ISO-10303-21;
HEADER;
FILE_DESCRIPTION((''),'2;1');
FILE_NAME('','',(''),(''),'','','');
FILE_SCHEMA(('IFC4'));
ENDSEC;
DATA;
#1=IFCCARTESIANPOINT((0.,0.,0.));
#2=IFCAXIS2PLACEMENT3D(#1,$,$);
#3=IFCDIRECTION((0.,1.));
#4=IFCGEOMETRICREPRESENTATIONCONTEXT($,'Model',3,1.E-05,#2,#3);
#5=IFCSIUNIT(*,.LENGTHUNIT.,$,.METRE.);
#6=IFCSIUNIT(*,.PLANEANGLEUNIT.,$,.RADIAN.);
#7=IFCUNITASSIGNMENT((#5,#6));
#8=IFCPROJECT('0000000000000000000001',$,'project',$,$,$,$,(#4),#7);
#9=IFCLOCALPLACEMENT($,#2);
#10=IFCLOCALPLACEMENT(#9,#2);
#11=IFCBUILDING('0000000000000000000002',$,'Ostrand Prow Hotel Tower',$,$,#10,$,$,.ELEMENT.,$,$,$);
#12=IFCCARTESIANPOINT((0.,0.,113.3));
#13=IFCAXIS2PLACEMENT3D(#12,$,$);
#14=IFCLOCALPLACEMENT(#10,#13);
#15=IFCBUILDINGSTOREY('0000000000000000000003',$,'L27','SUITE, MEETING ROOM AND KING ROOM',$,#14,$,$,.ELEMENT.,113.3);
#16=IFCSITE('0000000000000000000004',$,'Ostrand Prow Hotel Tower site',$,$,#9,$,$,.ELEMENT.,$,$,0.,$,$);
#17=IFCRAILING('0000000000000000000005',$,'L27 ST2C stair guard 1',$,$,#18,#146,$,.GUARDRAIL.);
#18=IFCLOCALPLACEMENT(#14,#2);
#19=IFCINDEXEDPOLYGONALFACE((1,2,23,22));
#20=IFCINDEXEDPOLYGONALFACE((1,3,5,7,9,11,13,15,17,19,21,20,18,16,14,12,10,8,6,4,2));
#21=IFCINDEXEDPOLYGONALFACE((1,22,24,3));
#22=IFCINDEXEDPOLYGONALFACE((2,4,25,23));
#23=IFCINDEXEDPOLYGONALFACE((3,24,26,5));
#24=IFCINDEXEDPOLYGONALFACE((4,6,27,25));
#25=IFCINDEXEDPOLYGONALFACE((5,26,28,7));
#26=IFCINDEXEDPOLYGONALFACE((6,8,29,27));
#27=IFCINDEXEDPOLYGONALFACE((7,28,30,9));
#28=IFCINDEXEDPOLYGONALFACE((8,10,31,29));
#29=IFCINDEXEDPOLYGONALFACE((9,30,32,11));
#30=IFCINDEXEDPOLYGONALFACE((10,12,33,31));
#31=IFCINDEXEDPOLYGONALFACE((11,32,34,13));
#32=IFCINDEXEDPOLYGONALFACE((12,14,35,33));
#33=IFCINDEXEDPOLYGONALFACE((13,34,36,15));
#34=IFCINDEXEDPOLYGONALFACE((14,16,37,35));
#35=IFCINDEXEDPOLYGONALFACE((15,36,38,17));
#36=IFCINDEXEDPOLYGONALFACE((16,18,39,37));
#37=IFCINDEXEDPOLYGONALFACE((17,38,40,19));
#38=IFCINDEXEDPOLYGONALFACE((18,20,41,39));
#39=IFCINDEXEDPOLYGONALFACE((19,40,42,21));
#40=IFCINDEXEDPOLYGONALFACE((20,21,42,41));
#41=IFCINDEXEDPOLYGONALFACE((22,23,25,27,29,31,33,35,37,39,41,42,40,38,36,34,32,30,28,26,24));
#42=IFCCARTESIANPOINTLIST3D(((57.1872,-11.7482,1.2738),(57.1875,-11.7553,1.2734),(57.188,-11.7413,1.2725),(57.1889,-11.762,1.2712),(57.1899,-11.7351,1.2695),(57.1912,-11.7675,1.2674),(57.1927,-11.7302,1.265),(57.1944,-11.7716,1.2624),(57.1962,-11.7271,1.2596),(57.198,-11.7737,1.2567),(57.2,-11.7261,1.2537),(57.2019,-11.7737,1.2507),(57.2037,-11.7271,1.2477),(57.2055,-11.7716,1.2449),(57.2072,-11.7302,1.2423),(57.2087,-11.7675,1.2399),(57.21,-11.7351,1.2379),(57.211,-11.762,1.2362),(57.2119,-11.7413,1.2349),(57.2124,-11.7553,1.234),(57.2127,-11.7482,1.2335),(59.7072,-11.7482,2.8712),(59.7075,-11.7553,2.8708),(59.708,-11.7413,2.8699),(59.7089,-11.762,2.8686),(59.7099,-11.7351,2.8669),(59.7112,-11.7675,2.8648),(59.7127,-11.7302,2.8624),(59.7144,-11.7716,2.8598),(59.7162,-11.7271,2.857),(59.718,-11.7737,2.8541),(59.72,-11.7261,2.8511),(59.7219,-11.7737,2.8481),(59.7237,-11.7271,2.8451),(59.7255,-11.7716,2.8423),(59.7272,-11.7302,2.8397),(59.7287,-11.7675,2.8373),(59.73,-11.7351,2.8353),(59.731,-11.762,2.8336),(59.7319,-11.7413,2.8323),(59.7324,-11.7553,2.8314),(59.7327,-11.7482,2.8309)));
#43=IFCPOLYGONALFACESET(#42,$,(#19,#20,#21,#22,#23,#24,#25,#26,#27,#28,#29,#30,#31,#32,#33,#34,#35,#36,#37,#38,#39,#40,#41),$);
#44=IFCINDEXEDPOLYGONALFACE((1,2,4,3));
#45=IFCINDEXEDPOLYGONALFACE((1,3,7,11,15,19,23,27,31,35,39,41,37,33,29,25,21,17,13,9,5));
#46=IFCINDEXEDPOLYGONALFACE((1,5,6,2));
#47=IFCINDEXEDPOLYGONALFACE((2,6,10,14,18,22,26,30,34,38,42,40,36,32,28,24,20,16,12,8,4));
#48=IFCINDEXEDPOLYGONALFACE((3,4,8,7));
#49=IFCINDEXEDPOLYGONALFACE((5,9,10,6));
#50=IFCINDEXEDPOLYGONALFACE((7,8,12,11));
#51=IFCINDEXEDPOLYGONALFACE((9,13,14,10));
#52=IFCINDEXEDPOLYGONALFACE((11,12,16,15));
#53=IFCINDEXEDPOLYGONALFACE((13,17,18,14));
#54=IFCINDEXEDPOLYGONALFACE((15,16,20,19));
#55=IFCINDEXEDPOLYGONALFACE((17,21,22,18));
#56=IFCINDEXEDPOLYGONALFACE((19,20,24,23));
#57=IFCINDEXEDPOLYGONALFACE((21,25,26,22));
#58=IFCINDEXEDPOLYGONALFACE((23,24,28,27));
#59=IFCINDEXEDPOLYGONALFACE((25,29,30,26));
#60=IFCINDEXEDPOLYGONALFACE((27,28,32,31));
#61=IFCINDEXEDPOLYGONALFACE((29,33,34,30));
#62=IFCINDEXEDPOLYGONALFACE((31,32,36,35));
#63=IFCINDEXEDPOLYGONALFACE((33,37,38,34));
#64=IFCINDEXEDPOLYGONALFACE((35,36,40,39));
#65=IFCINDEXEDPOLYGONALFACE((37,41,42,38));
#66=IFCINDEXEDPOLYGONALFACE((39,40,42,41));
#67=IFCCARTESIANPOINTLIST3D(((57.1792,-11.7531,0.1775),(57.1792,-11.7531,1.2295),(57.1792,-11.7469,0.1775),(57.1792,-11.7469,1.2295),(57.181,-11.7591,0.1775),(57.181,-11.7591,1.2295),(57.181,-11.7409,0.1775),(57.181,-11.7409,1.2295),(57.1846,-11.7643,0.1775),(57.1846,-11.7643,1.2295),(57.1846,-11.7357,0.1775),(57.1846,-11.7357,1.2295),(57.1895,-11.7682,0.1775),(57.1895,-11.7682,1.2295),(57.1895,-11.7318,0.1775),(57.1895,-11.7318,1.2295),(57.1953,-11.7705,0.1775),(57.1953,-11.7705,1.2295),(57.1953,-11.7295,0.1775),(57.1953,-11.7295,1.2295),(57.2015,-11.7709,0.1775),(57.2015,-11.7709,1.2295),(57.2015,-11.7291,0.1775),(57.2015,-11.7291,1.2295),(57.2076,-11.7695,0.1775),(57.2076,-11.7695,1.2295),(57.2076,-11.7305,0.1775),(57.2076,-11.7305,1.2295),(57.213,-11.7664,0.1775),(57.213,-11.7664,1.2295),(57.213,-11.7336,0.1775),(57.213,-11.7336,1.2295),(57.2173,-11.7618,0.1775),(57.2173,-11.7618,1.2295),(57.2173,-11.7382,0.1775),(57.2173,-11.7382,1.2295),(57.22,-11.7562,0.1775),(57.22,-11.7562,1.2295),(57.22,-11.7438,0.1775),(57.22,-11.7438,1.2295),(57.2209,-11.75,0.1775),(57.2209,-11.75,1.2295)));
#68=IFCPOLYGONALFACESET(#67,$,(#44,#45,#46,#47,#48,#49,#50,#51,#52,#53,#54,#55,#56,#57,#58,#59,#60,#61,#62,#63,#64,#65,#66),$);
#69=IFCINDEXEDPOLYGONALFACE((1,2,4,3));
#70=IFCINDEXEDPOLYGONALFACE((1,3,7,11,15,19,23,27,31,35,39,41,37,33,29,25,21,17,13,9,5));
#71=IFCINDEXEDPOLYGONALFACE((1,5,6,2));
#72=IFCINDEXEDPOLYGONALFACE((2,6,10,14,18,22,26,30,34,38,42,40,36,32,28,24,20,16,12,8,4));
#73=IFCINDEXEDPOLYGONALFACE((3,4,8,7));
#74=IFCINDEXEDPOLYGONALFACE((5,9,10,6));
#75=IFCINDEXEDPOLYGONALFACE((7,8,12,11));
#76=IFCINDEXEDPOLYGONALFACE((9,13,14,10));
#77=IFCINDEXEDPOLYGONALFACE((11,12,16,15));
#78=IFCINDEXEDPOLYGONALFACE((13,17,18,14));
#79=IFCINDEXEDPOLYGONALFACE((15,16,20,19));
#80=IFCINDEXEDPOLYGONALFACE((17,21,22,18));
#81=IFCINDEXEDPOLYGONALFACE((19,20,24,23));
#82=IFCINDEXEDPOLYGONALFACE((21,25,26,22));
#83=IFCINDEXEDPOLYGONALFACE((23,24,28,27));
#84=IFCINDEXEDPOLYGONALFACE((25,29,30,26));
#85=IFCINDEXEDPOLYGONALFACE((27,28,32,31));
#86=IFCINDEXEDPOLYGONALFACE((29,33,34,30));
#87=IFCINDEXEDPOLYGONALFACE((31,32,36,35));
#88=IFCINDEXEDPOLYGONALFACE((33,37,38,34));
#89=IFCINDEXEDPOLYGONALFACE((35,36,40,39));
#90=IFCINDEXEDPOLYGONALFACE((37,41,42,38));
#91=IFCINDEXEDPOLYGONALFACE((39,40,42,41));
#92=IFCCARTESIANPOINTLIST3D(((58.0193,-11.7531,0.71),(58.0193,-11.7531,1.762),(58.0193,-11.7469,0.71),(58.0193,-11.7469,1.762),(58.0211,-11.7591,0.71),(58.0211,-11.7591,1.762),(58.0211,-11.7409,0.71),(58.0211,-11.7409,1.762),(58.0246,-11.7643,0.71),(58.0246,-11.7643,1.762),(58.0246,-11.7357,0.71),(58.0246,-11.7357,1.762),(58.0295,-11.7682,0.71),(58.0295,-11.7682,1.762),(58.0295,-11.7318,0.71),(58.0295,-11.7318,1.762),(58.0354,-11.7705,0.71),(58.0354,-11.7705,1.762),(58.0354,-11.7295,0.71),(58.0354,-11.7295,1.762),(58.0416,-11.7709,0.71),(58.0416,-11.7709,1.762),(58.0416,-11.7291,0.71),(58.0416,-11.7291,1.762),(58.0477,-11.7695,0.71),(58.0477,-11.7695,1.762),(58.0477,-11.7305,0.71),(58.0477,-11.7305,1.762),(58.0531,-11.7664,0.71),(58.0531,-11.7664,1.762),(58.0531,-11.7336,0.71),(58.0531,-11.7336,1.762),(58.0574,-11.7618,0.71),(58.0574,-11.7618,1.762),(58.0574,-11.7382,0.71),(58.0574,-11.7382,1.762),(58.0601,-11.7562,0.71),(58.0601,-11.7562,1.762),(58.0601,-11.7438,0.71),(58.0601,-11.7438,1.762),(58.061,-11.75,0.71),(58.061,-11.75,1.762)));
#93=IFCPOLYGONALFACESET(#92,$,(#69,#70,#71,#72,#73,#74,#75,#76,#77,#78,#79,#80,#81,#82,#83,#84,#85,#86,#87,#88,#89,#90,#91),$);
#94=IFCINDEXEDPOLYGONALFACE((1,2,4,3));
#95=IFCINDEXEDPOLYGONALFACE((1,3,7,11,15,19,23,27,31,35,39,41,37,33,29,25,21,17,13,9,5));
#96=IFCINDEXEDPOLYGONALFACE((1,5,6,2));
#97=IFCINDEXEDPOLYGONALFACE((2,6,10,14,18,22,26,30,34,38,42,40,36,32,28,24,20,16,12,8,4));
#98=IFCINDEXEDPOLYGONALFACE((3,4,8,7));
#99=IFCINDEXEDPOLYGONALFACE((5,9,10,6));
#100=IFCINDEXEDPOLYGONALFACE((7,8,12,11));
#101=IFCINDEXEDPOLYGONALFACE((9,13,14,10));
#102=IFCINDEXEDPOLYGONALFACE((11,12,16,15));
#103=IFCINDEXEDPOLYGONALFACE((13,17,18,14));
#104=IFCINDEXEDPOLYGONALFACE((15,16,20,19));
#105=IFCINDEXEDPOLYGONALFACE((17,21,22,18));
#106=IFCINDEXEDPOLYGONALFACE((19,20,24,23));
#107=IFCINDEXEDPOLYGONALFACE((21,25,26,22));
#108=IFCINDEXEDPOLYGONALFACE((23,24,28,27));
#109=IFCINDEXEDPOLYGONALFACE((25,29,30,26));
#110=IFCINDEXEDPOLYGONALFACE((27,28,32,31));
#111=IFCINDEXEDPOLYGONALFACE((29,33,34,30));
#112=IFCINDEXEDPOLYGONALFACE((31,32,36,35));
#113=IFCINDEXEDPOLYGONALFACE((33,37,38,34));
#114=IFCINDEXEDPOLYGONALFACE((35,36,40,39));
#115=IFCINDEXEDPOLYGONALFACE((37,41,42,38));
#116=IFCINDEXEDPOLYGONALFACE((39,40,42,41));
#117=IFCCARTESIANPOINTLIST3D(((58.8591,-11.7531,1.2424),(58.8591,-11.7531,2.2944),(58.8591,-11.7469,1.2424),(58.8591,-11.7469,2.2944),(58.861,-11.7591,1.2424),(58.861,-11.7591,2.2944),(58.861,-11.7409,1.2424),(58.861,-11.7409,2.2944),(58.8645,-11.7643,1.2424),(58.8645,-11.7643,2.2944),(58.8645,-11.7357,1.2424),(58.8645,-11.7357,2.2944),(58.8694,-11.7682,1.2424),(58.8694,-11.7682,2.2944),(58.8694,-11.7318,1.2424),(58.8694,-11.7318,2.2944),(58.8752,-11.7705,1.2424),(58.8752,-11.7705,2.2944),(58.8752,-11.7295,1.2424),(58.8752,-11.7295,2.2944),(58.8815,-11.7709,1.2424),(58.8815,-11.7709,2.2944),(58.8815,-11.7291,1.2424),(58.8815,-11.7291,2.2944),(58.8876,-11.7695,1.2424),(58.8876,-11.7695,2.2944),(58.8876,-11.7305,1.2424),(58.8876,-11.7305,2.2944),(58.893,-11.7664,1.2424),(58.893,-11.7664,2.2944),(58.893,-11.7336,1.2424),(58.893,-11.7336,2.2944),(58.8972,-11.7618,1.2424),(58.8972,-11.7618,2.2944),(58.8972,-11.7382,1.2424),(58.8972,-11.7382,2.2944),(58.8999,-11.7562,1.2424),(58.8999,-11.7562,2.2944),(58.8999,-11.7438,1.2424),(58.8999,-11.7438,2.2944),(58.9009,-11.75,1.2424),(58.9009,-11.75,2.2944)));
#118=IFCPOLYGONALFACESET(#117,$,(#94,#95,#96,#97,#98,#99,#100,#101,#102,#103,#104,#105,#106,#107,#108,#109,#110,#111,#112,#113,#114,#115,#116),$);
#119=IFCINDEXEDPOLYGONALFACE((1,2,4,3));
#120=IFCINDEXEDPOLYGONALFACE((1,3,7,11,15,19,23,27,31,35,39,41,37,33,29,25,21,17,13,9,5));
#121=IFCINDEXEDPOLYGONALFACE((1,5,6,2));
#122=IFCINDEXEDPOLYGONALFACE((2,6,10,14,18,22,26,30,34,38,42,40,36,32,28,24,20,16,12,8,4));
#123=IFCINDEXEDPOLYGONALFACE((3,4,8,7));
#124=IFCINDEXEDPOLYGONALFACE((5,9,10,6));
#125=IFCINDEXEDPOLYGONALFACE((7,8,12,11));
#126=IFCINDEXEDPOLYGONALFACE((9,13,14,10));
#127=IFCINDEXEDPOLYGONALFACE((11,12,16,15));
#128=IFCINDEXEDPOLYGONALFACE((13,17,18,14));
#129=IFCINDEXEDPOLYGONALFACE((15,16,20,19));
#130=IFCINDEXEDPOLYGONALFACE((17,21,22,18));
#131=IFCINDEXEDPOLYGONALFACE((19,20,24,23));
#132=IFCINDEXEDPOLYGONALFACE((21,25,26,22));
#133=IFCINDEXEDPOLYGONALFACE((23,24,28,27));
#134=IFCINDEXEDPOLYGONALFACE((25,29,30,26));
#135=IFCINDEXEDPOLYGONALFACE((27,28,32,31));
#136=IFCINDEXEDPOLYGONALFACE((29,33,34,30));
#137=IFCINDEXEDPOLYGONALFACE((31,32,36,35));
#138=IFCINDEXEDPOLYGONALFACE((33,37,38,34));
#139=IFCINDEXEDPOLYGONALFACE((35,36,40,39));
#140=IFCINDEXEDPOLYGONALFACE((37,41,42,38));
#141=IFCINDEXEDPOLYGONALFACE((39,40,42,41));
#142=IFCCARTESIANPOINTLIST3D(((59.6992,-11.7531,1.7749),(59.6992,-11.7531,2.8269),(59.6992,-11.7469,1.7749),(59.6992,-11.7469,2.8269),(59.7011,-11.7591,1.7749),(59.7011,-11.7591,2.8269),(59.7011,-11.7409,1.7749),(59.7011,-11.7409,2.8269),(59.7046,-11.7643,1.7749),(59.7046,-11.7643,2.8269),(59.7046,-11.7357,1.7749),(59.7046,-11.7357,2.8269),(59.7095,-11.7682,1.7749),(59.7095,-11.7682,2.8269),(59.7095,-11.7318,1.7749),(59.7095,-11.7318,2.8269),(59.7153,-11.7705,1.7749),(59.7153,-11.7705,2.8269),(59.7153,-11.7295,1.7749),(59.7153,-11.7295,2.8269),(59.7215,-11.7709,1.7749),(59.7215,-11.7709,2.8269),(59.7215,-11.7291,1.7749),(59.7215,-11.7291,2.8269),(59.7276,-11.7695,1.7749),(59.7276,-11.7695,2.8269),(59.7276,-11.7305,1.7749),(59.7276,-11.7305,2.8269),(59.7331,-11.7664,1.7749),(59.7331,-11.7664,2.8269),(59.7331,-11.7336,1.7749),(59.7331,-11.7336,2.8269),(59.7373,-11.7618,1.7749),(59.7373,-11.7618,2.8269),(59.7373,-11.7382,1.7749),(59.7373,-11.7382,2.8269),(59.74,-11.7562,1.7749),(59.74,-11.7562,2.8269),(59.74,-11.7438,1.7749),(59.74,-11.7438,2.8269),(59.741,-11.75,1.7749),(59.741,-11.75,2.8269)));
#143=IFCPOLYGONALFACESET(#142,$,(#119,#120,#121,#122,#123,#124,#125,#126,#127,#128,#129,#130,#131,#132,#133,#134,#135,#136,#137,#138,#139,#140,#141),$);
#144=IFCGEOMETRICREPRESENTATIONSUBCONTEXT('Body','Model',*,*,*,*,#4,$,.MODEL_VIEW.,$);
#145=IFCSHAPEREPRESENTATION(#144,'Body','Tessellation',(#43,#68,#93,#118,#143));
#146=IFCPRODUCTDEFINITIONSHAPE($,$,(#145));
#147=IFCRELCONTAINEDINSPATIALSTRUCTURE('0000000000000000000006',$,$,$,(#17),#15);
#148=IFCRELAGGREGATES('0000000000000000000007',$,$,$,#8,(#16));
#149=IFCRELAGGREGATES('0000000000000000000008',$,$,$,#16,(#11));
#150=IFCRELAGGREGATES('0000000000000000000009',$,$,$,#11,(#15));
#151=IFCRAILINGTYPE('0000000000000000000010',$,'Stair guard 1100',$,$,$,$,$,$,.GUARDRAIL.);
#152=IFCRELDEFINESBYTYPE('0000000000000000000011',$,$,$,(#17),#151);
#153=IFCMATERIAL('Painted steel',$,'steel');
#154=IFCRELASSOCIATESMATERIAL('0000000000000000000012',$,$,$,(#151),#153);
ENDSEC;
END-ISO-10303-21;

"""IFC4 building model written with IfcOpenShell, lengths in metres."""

from ifc_helpers import new_model, si_unit, direction, frame, origin, origin_2d, place, context, subcontext, project, spatial, circle, extrude, material, type_object, element, save


model = new_model("IFC4")

# Units and contexts
model_context = context("Model", 3, precision=1e-05, world=origin(), true_north=direction((0.0, 1.0)))
body_context = subcontext(model_context, "Body", "Model", "MODEL_VIEW")
ifc_project = project(units=[si_unit("LENGTHUNIT", "METRE"), si_unit("PLANEANGLEUNIT", "RADIAN")], contexts=[model_context])

# Site, building, storey
site_placement = place(None, origin())
site = spatial("IfcSite", under=ifc_project, at=site_placement, Name="Ostrand Prow Hotel Tower site", CompositionType="ELEMENT", RefElevation=0.0)
building_placement = place(site_placement, origin())
building = spatial("IfcBuilding", under=site, at=building_placement, Name="Ostrand Prow Hotel Tower", CompositionType="ELEMENT")
storey_placement = place(building_placement, frame((0.0, 0.0, 113.3)))
storey = spatial("IfcBuildingStorey", under=building, at=storey_placement, Name="L27", Description="SUITE, MEETING ROOM AND KING ROOM", CompositionType="ELEMENT", Elevation=113.3)

# Railing
ifc_material_1 = material(Name="Painted steel", Category="steel")
railing_type_1 = type_object("IfcRailingType", Name="Stair guard 1100", PredefinedType="GUARDRAIL", material=ifc_material_1)
railing_1_placement = place(storey_placement, frame((57.2, -11.75, 0.1775)))
element("IfcRailing", 1, at=railing_1_placement, inside=storey, type_object=railing_type_1, Name="L27 ST2C stair guard 1", PredefinedType="GUARDRAIL", context=body_context, shape_type="SweptSolid", body=[
    extrude(circle(Radius=0.0239, at=origin_2d()), frame((0.0, 0.0, 1.0762), z_axis=(0.844607, 0.0, 0.535387), x_axis=(0.0, 1.0, 0.0)), (0.0, 0.0, 1.0), 2.9836),
    extrude(circle(Radius=0.021, at=origin_2d()), origin(), (0.0, 0.0, 1.0), 1.052),
    extrude(circle(Radius=0.021, at=origin_2d()), frame((0.8401, 0.0, 0.5325)), (0.0, 0.0, 1.0), 1.052),
    extrude(circle(Radius=0.021, at=origin_2d()), frame((1.6799, 0.0, 1.0649)), (0.0, 0.0, 1.0), 1.052),
    extrude(circle(Radius=0.021, at=origin_2d()), frame((2.52, 0.0, 1.5974)), (0.0, 0.0, 1.0), 1.052),
])

save(model, "model.ifc")
